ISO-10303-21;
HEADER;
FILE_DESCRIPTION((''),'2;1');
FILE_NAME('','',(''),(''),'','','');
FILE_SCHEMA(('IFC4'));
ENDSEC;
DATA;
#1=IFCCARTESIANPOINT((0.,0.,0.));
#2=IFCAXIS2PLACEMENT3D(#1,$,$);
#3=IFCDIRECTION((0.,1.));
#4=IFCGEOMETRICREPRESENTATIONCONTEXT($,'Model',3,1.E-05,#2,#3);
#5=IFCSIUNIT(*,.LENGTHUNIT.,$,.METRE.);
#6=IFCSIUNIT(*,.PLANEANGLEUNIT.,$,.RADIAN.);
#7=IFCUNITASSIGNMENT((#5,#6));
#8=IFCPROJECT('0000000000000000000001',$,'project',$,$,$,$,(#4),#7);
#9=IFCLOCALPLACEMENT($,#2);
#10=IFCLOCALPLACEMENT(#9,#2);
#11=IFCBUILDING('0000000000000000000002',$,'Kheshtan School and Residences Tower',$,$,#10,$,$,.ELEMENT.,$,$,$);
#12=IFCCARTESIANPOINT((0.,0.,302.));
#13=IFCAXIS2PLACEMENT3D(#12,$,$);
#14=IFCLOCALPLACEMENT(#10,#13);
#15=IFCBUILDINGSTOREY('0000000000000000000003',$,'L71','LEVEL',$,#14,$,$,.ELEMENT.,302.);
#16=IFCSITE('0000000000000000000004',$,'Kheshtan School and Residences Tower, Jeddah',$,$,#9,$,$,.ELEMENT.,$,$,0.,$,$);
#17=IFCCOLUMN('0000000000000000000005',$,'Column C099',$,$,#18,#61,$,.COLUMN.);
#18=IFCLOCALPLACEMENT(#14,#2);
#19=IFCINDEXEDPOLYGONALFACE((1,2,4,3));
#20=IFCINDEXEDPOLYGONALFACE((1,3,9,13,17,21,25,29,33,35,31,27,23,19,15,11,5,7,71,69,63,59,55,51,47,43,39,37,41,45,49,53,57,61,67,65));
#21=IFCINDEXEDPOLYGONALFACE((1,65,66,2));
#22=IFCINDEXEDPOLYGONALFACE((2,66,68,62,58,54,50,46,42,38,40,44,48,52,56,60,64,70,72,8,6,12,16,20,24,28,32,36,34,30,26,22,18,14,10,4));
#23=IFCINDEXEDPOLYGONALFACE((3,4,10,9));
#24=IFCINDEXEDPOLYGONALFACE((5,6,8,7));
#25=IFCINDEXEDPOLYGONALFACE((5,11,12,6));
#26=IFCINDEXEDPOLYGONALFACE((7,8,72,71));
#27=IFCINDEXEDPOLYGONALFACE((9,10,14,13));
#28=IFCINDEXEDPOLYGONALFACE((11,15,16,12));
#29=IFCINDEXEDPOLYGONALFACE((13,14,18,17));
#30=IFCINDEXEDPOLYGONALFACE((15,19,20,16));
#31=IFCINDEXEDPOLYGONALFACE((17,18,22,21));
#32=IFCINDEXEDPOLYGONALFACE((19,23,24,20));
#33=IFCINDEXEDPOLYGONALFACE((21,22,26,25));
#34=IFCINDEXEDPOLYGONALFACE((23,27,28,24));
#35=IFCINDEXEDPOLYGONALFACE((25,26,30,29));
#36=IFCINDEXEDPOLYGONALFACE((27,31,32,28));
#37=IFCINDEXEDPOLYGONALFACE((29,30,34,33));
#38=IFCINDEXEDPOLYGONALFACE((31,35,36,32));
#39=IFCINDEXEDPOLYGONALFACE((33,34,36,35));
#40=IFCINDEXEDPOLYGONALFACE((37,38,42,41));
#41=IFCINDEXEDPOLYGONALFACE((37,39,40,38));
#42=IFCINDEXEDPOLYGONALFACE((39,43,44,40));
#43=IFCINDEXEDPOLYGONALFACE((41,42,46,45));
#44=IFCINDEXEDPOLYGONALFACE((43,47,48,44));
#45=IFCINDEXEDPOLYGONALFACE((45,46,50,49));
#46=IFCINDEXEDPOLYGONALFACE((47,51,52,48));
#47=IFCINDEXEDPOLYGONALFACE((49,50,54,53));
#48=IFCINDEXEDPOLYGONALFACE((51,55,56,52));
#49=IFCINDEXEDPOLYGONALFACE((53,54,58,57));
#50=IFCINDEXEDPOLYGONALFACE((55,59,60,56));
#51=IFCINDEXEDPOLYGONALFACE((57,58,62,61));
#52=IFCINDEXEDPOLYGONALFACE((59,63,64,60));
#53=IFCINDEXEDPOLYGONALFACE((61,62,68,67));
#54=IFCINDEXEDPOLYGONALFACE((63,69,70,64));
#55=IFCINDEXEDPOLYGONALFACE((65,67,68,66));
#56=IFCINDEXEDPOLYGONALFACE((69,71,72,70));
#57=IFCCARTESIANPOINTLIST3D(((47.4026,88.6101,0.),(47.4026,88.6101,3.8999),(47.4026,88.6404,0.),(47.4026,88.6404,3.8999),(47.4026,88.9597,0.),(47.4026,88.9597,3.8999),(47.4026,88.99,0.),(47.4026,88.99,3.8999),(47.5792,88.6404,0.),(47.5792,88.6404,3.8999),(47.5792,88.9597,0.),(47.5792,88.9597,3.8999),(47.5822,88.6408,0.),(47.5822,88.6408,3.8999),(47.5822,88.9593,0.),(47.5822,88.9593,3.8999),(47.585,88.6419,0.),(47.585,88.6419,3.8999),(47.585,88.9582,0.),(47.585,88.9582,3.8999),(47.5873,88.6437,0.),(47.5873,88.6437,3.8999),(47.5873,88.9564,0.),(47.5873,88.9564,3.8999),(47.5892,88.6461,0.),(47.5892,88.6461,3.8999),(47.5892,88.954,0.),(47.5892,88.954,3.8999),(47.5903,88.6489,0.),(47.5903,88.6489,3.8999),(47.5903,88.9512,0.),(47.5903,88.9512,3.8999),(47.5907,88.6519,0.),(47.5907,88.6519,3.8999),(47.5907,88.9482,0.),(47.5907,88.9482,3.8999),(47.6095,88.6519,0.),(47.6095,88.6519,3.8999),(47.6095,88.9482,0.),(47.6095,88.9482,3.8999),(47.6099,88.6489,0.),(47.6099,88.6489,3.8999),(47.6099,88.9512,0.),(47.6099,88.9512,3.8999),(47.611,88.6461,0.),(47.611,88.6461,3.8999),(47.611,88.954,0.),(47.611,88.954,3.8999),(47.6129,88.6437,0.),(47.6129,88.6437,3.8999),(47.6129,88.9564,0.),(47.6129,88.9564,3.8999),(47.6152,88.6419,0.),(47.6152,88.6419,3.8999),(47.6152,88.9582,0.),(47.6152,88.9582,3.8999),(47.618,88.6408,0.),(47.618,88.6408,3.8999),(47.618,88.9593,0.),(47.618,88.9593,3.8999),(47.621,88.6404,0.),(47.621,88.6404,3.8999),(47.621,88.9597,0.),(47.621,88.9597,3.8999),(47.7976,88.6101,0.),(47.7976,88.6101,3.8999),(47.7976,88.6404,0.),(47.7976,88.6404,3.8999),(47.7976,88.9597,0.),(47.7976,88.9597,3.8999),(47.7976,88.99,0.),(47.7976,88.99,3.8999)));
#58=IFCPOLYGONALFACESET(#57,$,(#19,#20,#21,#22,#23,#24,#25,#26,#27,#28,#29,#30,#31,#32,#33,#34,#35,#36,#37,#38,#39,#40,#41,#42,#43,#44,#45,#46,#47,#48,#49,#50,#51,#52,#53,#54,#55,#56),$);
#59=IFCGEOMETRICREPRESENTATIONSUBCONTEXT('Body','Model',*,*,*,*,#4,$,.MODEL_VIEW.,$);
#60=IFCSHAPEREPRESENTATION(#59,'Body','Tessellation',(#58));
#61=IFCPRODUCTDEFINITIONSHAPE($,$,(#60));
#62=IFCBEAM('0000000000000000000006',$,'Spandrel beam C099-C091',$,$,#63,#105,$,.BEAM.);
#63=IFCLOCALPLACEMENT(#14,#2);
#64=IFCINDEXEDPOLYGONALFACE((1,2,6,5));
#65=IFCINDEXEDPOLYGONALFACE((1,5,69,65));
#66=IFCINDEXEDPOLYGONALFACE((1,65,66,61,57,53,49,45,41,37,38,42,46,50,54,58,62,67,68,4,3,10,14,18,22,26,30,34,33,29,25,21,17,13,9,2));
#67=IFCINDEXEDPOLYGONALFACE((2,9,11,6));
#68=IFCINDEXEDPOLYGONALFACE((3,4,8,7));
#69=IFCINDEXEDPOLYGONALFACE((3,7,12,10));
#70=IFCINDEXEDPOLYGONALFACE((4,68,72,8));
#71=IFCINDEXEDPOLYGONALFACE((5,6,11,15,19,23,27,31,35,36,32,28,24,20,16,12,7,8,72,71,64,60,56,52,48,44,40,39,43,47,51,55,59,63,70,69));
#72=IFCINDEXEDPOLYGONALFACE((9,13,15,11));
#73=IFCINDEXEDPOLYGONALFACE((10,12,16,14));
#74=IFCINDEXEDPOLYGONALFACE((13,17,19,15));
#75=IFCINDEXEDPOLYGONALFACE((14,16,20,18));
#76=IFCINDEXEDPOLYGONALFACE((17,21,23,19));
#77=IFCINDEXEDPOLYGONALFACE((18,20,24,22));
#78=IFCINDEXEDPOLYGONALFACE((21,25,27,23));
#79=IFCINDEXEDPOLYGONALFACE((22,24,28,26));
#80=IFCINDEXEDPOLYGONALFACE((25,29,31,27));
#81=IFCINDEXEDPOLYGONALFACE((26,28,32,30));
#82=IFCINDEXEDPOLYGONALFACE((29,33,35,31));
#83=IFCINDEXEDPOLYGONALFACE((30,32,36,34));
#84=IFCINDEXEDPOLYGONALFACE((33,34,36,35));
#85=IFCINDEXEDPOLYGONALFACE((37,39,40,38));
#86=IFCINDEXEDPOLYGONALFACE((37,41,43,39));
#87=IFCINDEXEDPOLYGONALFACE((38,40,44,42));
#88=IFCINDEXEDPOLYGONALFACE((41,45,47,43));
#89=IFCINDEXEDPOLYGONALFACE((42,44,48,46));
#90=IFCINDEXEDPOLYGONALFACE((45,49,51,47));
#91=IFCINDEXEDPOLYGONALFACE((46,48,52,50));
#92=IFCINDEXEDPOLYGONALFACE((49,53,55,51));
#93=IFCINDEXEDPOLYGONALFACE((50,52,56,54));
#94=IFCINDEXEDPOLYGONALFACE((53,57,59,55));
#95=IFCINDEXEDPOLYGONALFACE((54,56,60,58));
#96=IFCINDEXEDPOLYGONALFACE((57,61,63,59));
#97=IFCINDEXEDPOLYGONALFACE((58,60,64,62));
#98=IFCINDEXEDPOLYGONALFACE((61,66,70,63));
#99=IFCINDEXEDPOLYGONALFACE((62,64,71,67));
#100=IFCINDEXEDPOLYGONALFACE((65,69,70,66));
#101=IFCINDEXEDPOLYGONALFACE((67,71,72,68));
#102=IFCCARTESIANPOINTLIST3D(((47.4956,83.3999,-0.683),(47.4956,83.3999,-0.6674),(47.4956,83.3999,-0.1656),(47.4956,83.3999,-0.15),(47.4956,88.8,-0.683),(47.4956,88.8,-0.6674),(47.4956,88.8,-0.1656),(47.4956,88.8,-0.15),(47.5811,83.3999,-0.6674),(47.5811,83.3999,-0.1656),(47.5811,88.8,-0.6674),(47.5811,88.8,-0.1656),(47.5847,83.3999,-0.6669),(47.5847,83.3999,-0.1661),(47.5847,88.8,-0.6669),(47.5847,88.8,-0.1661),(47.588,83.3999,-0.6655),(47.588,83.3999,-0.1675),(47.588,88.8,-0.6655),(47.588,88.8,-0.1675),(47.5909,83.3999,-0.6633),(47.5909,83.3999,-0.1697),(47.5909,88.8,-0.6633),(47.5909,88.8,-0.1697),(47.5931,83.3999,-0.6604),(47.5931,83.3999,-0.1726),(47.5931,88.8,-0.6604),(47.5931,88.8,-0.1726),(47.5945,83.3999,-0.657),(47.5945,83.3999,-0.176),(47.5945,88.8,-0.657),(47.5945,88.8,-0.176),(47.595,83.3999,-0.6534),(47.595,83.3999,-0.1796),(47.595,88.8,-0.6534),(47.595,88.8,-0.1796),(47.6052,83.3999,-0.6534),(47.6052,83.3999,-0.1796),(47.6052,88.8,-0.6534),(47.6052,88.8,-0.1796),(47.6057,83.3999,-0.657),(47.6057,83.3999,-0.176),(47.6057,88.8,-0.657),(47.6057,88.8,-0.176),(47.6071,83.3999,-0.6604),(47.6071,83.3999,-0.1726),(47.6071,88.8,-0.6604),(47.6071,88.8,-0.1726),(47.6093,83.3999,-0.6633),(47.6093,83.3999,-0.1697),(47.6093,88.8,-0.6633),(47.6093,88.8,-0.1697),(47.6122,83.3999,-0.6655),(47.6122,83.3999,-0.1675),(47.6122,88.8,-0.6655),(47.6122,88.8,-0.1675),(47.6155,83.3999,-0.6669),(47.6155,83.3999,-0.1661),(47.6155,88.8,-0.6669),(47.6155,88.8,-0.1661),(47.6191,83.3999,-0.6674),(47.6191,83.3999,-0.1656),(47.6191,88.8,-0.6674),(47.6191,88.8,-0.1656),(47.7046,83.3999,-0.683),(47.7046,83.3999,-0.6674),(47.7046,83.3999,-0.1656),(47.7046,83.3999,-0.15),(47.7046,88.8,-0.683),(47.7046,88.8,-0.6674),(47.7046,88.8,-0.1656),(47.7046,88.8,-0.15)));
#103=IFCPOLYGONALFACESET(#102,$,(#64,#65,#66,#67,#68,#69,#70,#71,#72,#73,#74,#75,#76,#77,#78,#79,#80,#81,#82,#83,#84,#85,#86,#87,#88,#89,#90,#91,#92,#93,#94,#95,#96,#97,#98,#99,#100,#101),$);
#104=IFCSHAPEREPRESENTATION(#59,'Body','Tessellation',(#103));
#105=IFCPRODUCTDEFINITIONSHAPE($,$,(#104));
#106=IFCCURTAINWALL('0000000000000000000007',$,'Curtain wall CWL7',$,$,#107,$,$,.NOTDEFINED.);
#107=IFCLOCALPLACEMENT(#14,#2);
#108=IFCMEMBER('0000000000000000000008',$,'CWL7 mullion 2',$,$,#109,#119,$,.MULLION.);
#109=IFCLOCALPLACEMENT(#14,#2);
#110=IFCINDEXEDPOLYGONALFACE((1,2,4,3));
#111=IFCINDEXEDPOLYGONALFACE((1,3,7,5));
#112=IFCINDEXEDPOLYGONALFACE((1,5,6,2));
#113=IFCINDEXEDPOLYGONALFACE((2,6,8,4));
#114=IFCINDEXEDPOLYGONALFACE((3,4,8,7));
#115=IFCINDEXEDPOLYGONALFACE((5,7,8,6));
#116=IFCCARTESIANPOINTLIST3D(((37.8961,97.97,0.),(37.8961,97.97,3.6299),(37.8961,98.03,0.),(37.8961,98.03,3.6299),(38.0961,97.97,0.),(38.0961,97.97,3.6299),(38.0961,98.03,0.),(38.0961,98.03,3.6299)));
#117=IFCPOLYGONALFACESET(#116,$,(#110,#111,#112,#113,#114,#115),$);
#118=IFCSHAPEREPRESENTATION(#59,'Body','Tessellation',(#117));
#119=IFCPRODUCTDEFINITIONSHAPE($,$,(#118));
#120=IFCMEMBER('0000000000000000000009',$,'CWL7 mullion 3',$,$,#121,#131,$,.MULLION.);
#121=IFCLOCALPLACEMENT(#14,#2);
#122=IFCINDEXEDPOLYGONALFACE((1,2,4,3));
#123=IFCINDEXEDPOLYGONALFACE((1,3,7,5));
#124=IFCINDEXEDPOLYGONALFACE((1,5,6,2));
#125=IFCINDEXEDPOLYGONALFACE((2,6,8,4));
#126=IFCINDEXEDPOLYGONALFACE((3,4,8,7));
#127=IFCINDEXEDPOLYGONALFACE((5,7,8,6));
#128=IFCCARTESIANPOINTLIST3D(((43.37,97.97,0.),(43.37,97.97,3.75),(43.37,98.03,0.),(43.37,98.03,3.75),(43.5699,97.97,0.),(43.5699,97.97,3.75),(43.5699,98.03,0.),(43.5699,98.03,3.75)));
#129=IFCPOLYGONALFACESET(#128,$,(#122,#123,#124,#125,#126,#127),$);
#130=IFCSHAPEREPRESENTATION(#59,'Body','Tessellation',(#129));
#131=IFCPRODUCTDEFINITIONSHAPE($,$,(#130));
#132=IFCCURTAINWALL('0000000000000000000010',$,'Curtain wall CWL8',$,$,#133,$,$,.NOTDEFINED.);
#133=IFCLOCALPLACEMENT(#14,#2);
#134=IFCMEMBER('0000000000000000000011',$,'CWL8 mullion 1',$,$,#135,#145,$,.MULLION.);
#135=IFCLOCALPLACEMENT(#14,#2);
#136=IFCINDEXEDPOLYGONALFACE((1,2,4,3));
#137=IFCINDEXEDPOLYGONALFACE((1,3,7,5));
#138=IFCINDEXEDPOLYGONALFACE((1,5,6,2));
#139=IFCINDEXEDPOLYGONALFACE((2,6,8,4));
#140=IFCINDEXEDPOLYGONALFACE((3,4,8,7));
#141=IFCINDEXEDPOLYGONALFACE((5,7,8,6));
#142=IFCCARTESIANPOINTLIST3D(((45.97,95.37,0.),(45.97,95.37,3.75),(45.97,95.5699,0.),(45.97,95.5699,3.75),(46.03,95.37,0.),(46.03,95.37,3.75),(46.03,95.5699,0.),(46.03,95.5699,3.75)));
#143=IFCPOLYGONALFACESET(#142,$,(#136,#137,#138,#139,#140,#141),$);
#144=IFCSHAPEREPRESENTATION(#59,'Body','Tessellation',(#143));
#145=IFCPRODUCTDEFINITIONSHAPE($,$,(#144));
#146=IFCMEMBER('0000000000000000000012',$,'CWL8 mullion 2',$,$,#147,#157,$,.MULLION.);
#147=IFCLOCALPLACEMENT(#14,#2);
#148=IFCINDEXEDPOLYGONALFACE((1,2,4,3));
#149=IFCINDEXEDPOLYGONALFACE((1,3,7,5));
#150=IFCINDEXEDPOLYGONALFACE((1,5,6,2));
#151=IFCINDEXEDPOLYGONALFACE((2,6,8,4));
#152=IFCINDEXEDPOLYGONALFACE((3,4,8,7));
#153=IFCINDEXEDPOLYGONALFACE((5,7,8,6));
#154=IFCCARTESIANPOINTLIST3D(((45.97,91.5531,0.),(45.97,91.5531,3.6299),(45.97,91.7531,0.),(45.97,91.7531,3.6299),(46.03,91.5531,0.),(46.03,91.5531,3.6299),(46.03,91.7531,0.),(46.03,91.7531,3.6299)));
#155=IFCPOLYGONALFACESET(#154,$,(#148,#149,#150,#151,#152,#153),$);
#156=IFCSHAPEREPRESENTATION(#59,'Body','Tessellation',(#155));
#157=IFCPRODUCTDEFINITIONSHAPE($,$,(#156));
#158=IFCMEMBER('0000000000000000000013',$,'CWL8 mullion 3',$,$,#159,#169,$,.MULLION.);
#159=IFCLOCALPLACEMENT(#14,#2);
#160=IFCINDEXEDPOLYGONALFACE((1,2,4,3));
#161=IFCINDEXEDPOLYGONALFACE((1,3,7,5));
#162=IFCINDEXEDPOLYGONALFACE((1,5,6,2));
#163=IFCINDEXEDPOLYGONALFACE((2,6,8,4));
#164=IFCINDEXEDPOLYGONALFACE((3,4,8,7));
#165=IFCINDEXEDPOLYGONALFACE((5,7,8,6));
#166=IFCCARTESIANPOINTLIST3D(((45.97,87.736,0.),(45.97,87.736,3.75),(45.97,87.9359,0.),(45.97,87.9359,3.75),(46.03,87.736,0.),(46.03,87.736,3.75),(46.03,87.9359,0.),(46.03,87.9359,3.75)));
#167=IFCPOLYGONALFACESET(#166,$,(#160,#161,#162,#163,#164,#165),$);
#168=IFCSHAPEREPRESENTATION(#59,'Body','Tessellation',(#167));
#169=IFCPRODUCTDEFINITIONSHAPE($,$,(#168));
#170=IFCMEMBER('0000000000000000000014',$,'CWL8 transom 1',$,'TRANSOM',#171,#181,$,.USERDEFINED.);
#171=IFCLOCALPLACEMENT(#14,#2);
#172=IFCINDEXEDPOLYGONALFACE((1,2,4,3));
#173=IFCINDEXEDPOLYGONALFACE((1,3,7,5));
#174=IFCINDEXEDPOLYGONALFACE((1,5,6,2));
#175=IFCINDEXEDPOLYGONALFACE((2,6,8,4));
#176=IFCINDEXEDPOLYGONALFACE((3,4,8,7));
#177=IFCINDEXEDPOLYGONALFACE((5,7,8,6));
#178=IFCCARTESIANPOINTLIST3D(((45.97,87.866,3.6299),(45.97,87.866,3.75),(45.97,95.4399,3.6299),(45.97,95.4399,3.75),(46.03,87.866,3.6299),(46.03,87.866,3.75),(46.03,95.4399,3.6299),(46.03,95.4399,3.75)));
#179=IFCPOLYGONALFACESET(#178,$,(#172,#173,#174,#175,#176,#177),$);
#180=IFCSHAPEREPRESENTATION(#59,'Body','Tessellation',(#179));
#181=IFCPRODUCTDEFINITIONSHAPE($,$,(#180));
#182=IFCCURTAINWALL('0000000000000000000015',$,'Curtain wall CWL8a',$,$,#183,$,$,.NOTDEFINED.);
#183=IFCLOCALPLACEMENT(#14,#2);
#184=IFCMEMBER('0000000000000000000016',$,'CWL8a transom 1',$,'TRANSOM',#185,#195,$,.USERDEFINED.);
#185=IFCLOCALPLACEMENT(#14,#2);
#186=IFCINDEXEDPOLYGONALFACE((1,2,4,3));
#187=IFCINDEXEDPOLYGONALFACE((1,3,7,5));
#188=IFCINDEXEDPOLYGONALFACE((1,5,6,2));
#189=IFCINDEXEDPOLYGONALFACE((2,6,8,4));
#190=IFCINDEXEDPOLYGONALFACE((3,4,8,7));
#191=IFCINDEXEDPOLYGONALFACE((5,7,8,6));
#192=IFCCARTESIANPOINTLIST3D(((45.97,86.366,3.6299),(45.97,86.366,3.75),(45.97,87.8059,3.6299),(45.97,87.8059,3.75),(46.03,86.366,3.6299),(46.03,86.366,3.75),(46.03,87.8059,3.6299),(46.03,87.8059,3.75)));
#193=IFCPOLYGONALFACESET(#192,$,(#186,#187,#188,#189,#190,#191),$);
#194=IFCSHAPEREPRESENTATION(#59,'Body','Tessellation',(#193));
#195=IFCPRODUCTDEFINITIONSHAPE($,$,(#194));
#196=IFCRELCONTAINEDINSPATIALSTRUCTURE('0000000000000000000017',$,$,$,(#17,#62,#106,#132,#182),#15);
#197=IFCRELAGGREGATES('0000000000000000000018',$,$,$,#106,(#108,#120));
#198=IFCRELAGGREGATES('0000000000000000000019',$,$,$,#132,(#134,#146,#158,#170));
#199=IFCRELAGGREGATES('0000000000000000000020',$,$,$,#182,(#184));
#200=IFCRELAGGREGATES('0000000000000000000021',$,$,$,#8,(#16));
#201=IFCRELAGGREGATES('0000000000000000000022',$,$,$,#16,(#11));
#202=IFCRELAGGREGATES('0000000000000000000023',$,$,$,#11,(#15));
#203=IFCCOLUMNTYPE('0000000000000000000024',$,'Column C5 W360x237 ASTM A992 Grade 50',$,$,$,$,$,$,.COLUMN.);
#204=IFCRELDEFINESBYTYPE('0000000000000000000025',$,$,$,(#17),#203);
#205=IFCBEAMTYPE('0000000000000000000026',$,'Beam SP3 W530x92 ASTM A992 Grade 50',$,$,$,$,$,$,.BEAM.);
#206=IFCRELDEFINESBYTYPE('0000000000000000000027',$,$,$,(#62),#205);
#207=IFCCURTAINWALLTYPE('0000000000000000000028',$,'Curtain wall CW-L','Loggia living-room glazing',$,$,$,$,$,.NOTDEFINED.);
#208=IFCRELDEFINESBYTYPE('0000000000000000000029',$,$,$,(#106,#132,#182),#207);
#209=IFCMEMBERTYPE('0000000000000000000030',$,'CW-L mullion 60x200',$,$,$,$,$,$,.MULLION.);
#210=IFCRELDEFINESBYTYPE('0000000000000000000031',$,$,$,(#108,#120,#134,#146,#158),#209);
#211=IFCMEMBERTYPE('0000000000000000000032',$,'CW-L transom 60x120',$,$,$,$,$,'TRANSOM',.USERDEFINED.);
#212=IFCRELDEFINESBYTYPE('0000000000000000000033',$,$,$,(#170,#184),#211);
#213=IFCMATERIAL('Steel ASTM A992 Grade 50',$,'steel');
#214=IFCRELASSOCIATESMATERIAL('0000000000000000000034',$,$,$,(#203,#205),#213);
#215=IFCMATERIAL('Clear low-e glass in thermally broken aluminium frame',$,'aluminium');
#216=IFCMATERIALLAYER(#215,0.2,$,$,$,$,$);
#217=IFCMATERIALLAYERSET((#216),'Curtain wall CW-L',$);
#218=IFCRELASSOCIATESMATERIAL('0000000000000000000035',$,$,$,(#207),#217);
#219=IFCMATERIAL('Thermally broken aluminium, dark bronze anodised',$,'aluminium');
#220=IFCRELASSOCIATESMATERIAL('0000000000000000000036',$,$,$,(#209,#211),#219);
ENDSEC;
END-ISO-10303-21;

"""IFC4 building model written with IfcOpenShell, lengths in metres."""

from ifc_helpers import new_model, si_unit, direction, frame, origin, origin_2d, place, context, subcontext, project, spatial, rectangle, i_section, extrude, material, layer, layer_set, material_profile, profile_set, type_object, element, aggregate, save


model = new_model("IFC4")

# Units and contexts
model_context = context("Model", 3, precision=1e-05, world=origin(), true_north=direction((0.0, 1.0)))
body_context = subcontext(model_context, "Body", "Model", "MODEL_VIEW")
ifc_project = project(units=[si_unit("LENGTHUNIT", "METRE"), si_unit("PLANEANGLEUNIT", "RADIAN")], contexts=[model_context])

# Site, building, storey
site_placement = place(None, origin())
site = spatial("IfcSite", under=ifc_project, at=site_placement, Name="Kheshtan School and Residences Tower, Jeddah", CompositionType="ELEMENT", RefElevation=0.0)
building_placement = place(site_placement, origin())
building = spatial("IfcBuilding", under=site, at=building_placement, Name="Kheshtan School and Residences Tower", CompositionType="ELEMENT")
storey_placement = place(building_placement, frame((0.0, 0.0, 302.0)))
storey = spatial("IfcBuildingStorey", under=building, at=storey_placement, Name="L71", Description="LEVEL", CompositionType="ELEMENT", Elevation=302.0)

# Column
ifc_material_1 = material(Name="Steel ASTM A992 Grade 50", Category="steel")
ifc_material_profile_1 = material_profile(ifc_material_1, i_section(OverallWidth=0.395, OverallDepth=0.3799, WebThickness=0.0188, FlangeThickness=0.0303, FilletRadius=0.0115, at=origin_2d()), Name="W360x237")
ifc_profile_set_1 = profile_set([ifc_material_profile_1], Name="Steel ASTM A992 Grade 50")
column_type = type_object("IfcColumnType", Name="Column C5 W360x237 ASTM A992 Grade 50", PredefinedType="COLUMN", material=ifc_profile_set_1)
column_placement = place(storey_placement, frame((47.6001, 88.8, 0.0), z_axis=(0.0, 0.0, 1.0), x_axis=(1.0, 0.0, 0.0)))
element("IfcColumn", 1, at=column_placement, inside=storey, type_object=column_type, Name="Column C099", PredefinedType="COLUMN", context=body_context, shape_type="SweptSolid", body=[
    extrude(i_section(OverallWidth=0.395, OverallDepth=0.3799, WebThickness=0.0188, FlangeThickness=0.0303, FilletRadius=0.0115, at=origin_2d()), origin(), (0.0, 0.0, 1.0), 3.8999),
])

# Beam
ifc_material_profile_2 = material_profile(ifc_material_1, i_section(OverallWidth=0.209, OverallDepth=0.533, WebThickness=0.0103, FlangeThickness=0.0156, FilletRadius=0.0139, at=origin_2d()), Name="W530x92")
ifc_profile_set_2 = profile_set([ifc_material_profile_2], Name="Steel ASTM A992 Grade 50")
beam_type = type_object("IfcBeamType", Name="Beam SP3 W530x92 ASTM A992 Grade 50", PredefinedType="BEAM", material=ifc_profile_set_2)
beam_placement = place(storey_placement, frame((47.6001, 88.8, -0.4165), z_axis=(0.0, -1.0, 0.0), x_axis=(1.0, 0.0, 0.0)))
element("IfcBeam", 2, at=beam_placement, inside=storey, type_object=beam_type, Name="Spandrel beam C099-C091", PredefinedType="BEAM", context=body_context, shape_type="SweptSolid", body=[
    extrude(i_section(OverallWidth=0.209, OverallDepth=0.533, WebThickness=0.0103, FlangeThickness=0.0156, FilletRadius=0.0139, at=origin_2d()), origin(), (0.0, 0.0, 1.0), 5.4001),
])

# Curtain walls, members
ifc_material_2 = material(Name="Clear low-e glass in thermally broken aluminium frame", Category="aluminium")
ifc_layer_1 = layer(ifc_material_2, 0.2)
ifc_layer_set_1 = layer_set([ifc_layer_1], Name="Curtain wall CW-L")
curtain_wall_type = type_object("IfcCurtainWallType", Name="Curtain wall CW-L", Description="Loggia living-room glazing", PredefinedType="NOTDEFINED", material=ifc_layer_set_1)
curtain_wall_1_placement = place(storey_placement, origin())
curtain_wall_1 = element("IfcCurtainWall", 3, at=curtain_wall_1_placement, inside=storey, type_object=curtain_wall_type, Name="Curtain wall CWL7", PredefinedType="NOTDEFINED")
ifc_material_3 = material(Name="Thermally broken aluminium, dark bronze anodised", Category="aluminium")
ifc_material_profile_3 = material_profile(ifc_material_3, rectangle(XDim=0.0601, YDim=0.2, at=origin_2d()), Name="CW-L mullion 60x200")
ifc_profile_set_3 = profile_set([ifc_material_profile_3], Name="Thermally broken aluminium, dark bronze anodised")
member_type_1 = type_object("IfcMemberType", Name="CW-L mullion 60x200", PredefinedType="MULLION", material=ifc_profile_set_3)
member_1_placement = place(storey_placement, frame((37.9961, 98.0, 0.0), z_axis=(0.0, 0.0, 1.0), x_axis=(0.0, 1.0, 0.0)))
member_1 = element("IfcMember", 4, at=member_1_placement, type_object=member_type_1, Name="CWL7 mullion 2", PredefinedType="MULLION", context=body_context, shape_type="SweptSolid", body=[
    extrude(rectangle(XDim=0.0601, YDim=0.2, at=origin_2d()), origin(), (0.0, 0.0, 1.0), 3.6299),
])
member_2_placement = place(storey_placement, frame((43.47, 98.0, 0.0), z_axis=(0.0, 0.0, 1.0), x_axis=(0.0, 1.0, 0.0)))
member_2 = element("IfcMember", 5, at=member_2_placement, type_object=member_type_1, Name="CWL7 mullion 3", PredefinedType="MULLION", context=body_context, shape_type="SweptSolid", body=[
    extrude(rectangle(XDim=0.0601, YDim=0.2, at=origin_2d()), origin(), (0.0, 0.0, 1.0), 3.75),
])
curtain_wall_2_placement = place(storey_placement, origin())
curtain_wall_2 = element("IfcCurtainWall", 6, at=curtain_wall_2_placement, inside=storey, type_object=curtain_wall_type, Name="Curtain wall CWL8", PredefinedType="NOTDEFINED")
member_3_placement = place(storey_placement, frame((46.0, 95.47, 0.0), z_axis=(0.0, 0.0, 1.0), x_axis=(1.0, 0.0, 0.0)))
member_3 = element("IfcMember", 7, at=member_3_placement, type_object=member_type_1, Name="CWL8 mullion 1", PredefinedType="MULLION", context=body_context, shape_type="SweptSolid", body=[
    extrude(rectangle(XDim=0.0601, YDim=0.2, at=origin_2d()), origin(), (0.0, 0.0, 1.0), 3.75),
])
member_4_placement = place(storey_placement, frame((46.0, 91.6531, 0.0), z_axis=(0.0, 0.0, 1.0), x_axis=(1.0, 0.0, 0.0)))
member_4 = element("IfcMember", 8, at=member_4_placement, type_object=member_type_1, Name="CWL8 mullion 2", PredefinedType="MULLION", context=body_context, shape_type="SweptSolid", body=[
    extrude(rectangle(XDim=0.0601, YDim=0.2, at=origin_2d()), origin(), (0.0, 0.0, 1.0), 3.6299),
])
member_5_placement = place(storey_placement, frame((46.0, 87.8359, 0.0), z_axis=(0.0, 0.0, 1.0), x_axis=(1.0, 0.0, 0.0)))
member_5 = element("IfcMember", 9, at=member_5_placement, type_object=member_type_1, Name="CWL8 mullion 3", PredefinedType="MULLION", context=body_context, shape_type="SweptSolid", body=[
    extrude(rectangle(XDim=0.0601, YDim=0.2, at=origin_2d()), origin(), (0.0, 0.0, 1.0), 3.75),
])
ifc_material_profile_4 = material_profile(ifc_material_3, rectangle(XDim=0.0601, YDim=0.1201, at=origin_2d()), Name="CW-L transom 60x120")
ifc_profile_set_4 = profile_set([ifc_material_profile_4], Name="Thermally broken aluminium, dark bronze anodised")
member_type_2 = type_object("IfcMemberType", Name="CW-L transom 60x120", ElementType="TRANSOM", PredefinedType="USERDEFINED", material=ifc_profile_set_4)
member_6_placement = place(storey_placement, frame((46.0, 95.4399, 3.6899), z_axis=(0.0, -1.0, 0.0), x_axis=(1.0, 0.0, 0.0)))
member_6 = element("IfcMember", 10, at=member_6_placement, type_object=member_type_2, Name="CWL8 transom 1", ObjectType="TRANSOM", PredefinedType="USERDEFINED", context=body_context, shape_type="SweptSolid", body=[
    extrude(rectangle(XDim=0.0601, YDim=0.1201, at=origin_2d()), origin(), (0.0, 0.0, 1.0), 7.574),
])

# Curtain wall, member
curtain_wall_3_placement = place(storey_placement, origin())
curtain_wall_3 = element("IfcCurtainWall", 11, at=curtain_wall_3_placement, inside=storey, type_object=curtain_wall_type, Name="Curtain wall CWL8a", PredefinedType="NOTDEFINED")
member_7_placement = place(storey_placement, frame((46.0, 87.8059, 3.6899), z_axis=(0.0, -1.0, 0.0), x_axis=(1.0, 0.0, 0.0)))
member_7 = element("IfcMember", 12, at=member_7_placement, type_object=member_type_2, Name="CWL8a transom 1", ObjectType="TRANSOM", PredefinedType="USERDEFINED", context=body_context, shape_type="SweptSolid", body=[
    extrude(rectangle(XDim=0.0601, YDim=0.1201, at=origin_2d()), origin(), (0.0, 0.0, 1.0), 1.4399),
])

aggregate(curtain_wall_1, [member_1, member_2])
aggregate(curtain_wall_2, [member_3, member_4, member_5, member_6])
aggregate(curtain_wall_3, [member_7])

save(model, "model.ifc")
